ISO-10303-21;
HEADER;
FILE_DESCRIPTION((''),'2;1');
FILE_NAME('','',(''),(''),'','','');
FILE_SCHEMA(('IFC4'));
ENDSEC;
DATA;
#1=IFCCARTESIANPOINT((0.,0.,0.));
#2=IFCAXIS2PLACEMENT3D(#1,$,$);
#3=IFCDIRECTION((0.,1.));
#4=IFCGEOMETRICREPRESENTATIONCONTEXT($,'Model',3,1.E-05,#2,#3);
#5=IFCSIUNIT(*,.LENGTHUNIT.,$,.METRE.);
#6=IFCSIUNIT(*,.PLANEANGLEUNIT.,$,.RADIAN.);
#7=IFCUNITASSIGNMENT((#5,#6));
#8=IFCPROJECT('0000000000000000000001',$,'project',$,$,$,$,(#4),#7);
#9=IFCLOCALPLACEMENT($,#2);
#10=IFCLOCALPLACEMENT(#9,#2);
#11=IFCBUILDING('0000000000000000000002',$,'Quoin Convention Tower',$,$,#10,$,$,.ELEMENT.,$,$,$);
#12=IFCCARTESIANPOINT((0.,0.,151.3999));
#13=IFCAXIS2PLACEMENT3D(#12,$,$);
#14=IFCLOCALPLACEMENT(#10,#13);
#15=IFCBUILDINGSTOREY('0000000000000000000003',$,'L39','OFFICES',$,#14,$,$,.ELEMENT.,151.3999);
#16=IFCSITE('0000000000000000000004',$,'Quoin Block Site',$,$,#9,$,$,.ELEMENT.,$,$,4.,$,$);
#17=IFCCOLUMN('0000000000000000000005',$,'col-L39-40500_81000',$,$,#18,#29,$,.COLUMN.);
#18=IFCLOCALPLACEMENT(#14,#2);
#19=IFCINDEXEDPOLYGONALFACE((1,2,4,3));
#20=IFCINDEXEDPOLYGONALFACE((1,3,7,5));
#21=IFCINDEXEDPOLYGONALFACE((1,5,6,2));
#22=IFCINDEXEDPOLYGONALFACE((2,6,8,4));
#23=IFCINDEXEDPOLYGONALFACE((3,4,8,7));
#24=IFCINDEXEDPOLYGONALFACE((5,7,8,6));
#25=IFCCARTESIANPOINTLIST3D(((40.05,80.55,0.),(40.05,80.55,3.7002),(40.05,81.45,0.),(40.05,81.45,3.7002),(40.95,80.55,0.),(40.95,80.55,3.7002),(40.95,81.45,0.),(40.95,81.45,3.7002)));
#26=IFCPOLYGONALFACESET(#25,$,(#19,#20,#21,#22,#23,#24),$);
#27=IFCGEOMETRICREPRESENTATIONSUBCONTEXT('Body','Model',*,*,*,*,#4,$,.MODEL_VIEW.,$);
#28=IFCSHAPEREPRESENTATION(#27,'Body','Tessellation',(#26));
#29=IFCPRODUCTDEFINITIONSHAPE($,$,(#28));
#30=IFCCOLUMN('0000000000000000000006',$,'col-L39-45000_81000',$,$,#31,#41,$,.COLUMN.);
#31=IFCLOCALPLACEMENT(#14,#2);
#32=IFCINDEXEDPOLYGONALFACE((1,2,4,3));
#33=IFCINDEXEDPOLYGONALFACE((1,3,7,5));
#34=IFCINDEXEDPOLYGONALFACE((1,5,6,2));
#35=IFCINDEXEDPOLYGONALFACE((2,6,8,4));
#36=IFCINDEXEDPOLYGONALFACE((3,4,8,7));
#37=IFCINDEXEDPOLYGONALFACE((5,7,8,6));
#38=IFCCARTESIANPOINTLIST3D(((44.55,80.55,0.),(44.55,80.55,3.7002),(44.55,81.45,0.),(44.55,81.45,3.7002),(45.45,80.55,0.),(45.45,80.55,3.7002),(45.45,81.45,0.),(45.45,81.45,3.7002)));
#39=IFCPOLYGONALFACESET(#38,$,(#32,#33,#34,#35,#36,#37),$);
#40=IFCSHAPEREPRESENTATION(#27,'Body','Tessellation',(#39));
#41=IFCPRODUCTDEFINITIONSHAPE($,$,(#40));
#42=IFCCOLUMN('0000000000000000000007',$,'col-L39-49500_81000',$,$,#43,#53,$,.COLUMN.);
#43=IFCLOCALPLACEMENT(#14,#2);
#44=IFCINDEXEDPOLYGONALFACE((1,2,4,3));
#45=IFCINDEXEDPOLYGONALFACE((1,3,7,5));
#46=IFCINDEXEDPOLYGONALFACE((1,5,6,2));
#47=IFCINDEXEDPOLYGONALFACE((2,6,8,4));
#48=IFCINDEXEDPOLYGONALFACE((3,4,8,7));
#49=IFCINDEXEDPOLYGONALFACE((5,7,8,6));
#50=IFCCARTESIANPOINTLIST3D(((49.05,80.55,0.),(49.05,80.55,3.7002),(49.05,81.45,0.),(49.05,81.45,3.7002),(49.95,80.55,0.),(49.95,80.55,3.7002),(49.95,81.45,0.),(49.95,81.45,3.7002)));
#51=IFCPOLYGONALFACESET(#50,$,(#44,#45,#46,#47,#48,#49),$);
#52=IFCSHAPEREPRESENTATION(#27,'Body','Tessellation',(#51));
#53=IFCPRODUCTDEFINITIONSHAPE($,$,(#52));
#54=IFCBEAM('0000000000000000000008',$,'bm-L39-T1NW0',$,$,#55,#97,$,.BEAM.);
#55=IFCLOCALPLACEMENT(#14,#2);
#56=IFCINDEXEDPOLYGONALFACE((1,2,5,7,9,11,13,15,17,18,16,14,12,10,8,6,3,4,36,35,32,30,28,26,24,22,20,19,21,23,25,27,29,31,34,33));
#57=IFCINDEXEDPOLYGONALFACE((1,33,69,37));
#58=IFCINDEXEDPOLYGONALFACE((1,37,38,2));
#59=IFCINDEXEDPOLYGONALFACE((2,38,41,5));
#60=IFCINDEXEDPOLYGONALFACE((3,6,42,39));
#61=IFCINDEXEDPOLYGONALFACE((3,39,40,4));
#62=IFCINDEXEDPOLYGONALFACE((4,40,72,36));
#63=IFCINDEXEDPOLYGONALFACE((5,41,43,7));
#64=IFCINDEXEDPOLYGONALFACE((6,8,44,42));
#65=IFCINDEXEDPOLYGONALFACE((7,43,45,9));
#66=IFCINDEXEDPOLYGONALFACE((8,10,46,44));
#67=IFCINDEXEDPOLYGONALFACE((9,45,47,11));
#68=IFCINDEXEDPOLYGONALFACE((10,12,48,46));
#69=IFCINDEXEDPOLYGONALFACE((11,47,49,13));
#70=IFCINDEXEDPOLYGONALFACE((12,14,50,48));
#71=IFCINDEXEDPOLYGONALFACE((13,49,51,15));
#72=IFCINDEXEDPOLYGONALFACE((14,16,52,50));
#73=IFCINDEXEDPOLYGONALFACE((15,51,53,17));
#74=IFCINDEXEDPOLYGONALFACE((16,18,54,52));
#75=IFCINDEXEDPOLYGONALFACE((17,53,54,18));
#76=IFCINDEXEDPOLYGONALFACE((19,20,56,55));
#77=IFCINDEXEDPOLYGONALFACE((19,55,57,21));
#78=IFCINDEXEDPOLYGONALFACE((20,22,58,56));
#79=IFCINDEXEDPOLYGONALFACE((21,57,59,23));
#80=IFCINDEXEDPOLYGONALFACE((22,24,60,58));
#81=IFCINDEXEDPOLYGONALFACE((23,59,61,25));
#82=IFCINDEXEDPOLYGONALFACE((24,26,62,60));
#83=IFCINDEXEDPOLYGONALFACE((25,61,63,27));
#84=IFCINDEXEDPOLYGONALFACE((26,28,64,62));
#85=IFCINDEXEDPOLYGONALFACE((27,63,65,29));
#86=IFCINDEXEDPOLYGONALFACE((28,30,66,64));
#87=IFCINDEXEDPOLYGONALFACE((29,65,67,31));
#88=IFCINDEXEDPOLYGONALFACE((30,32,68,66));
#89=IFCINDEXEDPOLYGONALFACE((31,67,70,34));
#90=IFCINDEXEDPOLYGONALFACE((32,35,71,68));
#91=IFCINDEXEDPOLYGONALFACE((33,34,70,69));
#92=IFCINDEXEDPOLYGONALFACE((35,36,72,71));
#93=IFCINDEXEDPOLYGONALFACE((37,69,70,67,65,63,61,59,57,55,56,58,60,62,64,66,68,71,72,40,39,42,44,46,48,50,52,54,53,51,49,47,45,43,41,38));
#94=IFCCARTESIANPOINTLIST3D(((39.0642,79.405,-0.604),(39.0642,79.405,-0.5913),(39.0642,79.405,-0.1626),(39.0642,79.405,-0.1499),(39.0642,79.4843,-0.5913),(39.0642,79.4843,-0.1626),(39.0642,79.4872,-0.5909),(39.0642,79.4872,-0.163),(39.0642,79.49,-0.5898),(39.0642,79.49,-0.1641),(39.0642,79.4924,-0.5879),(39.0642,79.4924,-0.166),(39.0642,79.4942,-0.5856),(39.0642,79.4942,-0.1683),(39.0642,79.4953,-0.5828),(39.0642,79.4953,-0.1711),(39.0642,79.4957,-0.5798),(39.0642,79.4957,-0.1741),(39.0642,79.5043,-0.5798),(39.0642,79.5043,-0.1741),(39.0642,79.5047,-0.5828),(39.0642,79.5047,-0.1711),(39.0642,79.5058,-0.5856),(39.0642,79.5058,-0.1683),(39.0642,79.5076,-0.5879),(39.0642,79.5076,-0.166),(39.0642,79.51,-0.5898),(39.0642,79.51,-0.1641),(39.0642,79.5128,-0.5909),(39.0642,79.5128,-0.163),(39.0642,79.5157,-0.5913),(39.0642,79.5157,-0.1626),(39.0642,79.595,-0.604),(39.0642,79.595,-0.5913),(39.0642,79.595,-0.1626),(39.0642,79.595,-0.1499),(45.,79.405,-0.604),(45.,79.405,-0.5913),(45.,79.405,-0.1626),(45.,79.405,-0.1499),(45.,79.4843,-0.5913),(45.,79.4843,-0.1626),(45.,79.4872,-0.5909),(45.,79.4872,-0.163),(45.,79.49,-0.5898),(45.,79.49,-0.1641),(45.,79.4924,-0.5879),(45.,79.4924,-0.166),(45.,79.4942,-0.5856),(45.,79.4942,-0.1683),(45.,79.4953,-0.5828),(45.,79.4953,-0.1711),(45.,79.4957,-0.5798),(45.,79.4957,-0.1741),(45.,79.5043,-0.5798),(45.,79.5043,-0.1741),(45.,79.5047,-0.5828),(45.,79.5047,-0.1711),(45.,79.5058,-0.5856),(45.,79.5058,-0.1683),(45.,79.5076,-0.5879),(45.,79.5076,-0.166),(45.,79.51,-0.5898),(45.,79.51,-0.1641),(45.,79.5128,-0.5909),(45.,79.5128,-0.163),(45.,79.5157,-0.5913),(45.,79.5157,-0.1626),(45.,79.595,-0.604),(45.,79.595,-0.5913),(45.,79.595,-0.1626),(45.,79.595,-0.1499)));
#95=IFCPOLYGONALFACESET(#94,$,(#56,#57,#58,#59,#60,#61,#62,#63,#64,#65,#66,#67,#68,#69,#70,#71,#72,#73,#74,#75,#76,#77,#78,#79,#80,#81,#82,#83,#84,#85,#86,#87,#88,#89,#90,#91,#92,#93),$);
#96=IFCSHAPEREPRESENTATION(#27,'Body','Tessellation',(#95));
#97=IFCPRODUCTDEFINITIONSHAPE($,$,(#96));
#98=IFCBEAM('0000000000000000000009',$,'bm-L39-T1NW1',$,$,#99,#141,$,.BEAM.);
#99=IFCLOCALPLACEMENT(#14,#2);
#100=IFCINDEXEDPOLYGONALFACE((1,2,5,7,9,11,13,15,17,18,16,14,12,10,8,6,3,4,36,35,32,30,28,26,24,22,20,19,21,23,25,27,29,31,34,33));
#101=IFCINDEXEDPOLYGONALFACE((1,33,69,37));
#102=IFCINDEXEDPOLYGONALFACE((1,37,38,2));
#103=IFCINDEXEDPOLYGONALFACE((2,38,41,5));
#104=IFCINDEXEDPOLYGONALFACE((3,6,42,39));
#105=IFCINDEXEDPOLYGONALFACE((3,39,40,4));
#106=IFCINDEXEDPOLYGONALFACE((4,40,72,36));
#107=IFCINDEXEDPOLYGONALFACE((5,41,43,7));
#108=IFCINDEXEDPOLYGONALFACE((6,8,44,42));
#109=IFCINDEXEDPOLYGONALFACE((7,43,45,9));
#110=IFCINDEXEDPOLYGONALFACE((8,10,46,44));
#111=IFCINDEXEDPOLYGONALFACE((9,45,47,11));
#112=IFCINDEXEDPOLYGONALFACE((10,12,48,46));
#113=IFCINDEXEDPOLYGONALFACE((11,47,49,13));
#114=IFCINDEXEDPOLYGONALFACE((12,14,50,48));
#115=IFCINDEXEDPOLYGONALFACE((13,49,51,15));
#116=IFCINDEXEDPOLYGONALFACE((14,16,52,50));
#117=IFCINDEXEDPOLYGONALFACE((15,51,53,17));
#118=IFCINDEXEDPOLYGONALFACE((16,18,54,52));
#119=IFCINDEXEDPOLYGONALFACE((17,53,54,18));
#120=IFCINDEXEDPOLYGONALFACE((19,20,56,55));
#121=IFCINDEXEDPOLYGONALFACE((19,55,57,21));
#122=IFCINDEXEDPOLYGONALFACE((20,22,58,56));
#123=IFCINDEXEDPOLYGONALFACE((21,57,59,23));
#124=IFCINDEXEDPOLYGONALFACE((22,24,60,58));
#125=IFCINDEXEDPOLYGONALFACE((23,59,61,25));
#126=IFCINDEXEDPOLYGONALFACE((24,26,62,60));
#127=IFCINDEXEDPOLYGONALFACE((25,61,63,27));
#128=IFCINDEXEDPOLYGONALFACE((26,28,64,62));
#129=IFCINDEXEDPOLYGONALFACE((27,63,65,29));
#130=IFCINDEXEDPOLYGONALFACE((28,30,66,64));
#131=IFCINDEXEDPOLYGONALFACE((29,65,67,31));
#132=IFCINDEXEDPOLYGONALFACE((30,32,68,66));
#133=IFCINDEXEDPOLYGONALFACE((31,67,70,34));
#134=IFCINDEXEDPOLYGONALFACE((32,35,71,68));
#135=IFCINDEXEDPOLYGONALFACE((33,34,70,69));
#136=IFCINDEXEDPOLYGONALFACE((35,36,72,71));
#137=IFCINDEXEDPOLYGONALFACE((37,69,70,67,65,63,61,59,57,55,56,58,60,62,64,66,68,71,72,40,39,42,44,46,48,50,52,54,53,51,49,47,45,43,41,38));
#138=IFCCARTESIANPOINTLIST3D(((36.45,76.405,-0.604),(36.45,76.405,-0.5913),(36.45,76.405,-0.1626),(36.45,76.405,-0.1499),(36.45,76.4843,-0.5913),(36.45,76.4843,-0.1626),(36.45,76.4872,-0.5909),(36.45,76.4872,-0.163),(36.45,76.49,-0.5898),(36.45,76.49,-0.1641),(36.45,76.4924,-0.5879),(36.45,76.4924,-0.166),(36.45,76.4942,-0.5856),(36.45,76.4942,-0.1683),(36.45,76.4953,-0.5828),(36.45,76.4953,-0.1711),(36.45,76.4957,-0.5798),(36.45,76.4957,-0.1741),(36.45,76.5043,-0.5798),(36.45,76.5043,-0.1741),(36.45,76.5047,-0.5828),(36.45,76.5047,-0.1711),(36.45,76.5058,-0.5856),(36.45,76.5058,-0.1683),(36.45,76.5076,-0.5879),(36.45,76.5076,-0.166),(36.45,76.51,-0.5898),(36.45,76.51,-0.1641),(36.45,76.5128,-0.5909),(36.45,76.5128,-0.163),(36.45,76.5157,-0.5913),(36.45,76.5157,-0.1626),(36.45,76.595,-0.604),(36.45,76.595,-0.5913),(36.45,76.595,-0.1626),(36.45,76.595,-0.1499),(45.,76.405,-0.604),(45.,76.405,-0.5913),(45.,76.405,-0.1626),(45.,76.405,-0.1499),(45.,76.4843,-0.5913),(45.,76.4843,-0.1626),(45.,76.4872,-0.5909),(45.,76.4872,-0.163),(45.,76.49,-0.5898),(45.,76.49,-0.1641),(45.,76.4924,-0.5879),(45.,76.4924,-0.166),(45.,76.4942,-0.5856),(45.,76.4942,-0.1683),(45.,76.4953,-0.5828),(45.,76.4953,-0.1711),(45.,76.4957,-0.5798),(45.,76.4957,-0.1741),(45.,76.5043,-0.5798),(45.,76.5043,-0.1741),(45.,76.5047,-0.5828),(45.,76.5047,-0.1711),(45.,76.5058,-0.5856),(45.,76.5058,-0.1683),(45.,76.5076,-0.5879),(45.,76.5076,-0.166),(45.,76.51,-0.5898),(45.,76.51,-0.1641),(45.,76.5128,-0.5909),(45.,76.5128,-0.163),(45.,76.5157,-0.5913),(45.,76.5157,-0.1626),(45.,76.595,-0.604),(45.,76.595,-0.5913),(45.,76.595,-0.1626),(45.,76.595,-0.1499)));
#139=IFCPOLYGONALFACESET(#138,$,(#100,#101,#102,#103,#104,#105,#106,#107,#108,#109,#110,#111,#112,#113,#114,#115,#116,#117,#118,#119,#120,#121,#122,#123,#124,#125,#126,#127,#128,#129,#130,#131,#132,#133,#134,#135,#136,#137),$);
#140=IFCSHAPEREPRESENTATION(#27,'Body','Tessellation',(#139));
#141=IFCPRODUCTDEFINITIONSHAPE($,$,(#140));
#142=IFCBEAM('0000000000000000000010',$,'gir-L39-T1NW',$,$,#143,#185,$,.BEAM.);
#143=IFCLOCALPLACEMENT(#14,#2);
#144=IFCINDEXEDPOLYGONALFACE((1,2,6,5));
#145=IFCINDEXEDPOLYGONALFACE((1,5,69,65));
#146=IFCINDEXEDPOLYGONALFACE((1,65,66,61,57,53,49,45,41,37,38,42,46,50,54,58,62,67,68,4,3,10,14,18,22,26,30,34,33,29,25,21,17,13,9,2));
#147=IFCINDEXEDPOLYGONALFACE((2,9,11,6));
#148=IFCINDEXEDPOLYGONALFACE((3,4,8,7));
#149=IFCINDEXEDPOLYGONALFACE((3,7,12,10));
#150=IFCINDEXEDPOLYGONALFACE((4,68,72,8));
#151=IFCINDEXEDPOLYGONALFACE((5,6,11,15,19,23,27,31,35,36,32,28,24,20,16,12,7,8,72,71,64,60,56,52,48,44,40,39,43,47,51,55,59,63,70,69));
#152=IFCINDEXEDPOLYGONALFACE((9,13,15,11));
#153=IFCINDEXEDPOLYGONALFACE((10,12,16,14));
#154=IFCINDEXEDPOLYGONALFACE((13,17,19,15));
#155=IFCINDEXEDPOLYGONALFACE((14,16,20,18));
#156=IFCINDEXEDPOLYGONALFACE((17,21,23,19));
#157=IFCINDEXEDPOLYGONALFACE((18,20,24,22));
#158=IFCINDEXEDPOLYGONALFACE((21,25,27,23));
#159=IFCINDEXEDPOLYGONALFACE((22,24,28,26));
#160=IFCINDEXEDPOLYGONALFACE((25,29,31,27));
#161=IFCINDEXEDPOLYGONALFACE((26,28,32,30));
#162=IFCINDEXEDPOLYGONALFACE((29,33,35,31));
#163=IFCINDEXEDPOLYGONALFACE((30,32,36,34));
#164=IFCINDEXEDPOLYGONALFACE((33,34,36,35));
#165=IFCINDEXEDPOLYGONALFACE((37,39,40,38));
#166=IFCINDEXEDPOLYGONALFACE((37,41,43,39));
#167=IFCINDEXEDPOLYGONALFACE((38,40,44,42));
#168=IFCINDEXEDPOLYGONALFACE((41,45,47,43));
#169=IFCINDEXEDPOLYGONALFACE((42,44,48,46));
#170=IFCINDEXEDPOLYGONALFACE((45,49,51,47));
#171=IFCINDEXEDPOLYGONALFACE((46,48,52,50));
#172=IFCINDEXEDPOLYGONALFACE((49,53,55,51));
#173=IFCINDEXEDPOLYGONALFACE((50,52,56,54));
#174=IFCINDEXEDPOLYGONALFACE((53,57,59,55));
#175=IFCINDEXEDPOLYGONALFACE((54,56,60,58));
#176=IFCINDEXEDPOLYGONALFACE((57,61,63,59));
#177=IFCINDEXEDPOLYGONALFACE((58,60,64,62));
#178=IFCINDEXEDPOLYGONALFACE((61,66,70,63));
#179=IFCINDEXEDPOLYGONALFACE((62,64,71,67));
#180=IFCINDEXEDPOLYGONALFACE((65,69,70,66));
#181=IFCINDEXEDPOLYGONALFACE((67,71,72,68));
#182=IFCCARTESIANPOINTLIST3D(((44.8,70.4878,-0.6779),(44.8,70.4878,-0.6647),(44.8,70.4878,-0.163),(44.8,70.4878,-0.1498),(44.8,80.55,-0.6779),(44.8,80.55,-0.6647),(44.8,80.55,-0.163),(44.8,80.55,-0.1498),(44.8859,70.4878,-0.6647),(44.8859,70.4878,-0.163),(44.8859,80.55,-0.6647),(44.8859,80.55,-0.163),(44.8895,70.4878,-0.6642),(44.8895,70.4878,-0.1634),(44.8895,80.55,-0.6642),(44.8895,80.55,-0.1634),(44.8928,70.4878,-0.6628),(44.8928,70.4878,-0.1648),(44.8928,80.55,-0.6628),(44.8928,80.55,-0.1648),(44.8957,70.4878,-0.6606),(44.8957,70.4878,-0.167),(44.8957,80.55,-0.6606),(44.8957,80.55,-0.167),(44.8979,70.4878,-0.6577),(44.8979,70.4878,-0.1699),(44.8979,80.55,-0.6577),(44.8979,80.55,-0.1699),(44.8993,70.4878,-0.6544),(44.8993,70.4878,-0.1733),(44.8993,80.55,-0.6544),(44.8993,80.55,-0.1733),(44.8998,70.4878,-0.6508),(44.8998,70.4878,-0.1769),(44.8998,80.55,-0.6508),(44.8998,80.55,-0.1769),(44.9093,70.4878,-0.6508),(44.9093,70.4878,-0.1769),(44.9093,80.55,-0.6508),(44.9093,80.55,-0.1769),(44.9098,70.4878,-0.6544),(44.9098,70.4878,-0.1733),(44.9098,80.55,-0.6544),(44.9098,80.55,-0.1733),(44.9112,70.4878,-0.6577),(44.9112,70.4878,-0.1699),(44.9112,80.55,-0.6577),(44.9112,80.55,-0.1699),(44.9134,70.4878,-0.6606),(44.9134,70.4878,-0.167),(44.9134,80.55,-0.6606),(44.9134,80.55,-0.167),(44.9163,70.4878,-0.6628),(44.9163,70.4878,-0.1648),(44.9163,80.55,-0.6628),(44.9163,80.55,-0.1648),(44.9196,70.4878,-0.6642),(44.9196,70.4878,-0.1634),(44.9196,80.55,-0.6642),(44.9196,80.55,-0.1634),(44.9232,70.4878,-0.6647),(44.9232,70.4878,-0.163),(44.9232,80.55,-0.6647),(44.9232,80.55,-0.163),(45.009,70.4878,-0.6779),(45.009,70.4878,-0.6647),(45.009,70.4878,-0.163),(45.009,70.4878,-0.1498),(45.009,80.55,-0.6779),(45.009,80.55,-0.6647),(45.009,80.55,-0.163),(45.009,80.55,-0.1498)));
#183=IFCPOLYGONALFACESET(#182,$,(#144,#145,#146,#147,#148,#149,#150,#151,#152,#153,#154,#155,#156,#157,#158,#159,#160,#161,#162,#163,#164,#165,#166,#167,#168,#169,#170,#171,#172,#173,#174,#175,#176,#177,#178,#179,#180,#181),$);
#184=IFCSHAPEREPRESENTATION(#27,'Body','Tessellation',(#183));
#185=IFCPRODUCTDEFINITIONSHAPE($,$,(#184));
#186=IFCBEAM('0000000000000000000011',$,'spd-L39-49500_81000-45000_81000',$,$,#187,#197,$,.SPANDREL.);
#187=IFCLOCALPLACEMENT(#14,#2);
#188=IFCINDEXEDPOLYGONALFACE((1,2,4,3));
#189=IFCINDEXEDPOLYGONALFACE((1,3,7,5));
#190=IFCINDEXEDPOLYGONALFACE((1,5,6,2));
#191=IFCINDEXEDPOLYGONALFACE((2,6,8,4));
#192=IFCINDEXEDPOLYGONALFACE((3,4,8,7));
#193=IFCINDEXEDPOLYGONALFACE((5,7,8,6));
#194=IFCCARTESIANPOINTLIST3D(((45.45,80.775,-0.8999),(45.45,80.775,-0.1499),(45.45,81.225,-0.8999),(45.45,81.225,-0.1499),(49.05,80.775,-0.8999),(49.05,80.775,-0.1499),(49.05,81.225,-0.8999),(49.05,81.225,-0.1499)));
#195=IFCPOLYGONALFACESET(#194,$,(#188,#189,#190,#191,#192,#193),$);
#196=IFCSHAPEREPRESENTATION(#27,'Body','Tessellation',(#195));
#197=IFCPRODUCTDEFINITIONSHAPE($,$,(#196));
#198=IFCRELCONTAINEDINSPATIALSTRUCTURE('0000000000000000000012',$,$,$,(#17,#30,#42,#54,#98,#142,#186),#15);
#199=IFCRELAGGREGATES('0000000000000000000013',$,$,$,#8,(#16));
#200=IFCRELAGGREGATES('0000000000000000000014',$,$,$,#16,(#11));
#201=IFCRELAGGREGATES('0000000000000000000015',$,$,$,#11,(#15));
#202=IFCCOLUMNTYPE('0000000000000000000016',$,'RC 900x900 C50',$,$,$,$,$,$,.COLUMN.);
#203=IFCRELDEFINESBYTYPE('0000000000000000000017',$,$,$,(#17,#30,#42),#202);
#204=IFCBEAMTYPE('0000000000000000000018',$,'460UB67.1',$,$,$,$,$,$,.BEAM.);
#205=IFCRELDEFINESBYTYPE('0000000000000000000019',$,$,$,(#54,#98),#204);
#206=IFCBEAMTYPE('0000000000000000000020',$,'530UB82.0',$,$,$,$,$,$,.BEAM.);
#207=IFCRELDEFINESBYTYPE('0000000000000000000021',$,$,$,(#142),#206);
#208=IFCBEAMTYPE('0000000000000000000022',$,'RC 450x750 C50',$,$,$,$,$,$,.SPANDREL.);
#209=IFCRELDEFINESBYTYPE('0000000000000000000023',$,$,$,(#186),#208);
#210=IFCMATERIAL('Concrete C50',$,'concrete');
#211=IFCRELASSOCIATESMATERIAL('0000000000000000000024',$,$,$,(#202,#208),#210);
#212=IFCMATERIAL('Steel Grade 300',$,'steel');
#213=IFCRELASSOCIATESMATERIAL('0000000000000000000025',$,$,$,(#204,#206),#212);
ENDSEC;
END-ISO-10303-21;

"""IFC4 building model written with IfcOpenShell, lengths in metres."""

from ifc_helpers import new_model, si_unit, direction, frame, origin, origin_2d, place, context, subcontext, project, spatial, rectangle, i_section, extrude, material, material_profile, profile_set, type_object, element, save


model = new_model("IFC4")

# Units and contexts
model_context = context("Model", 3, precision=1e-05, world=origin(), true_north=direction((0.0, 1.0)))
body_context = subcontext(model_context, "Body", "Model", "MODEL_VIEW")
ifc_project = project(units=[si_unit("LENGTHUNIT", "METRE"), si_unit("PLANEANGLEUNIT", "RADIAN")], contexts=[model_context])

# Site, building, storey
site_placement = place(None, origin())
site = spatial("IfcSite", under=ifc_project, at=site_placement, Name="Quoin Block Site", CompositionType="ELEMENT", RefElevation=4.0)
building_placement = place(site_placement, origin())
building = spatial("IfcBuilding", under=site, at=building_placement, Name="Quoin Convention Tower", CompositionType="ELEMENT")
storey_placement = place(building_placement, frame((0.0, 0.0, 151.3999)))
storey = spatial("IfcBuildingStorey", under=building, at=storey_placement, Name="L39", Description="OFFICES", CompositionType="ELEMENT", Elevation=151.3999)

# Columns
ifc_material_1 = material(Name="Concrete C50", Category="concrete")
ifc_material_profile_1 = material_profile(ifc_material_1, rectangle(XDim=0.8999, YDim=0.8999, at=origin_2d()), Name="RC 900x900")
ifc_profile_set_1 = profile_set([ifc_material_profile_1], Name="Concrete C50")
column_type = type_object("IfcColumnType", Name="RC 900x900 C50", PredefinedType="COLUMN", material=ifc_profile_set_1)
for number, where, z_axis, x_axis, name in (
    (1, (40.5, 81.0, 0.0), (0.0, 0.0, 1.0), (1.0, 0.0, 0.0), "col-L39-40500_81000"),
    (2, (45.0, 81.0, 0.0), (0.0, 0.0, 1.0), (1.0, 0.0, 0.0), "col-L39-45000_81000"),
    (3, (49.5, 81.0, 0.0), (0.0, 0.0, 1.0), (1.0, 0.0, 0.0), "col-L39-49500_81000"),
):
    element("IfcColumn", number, at=place(storey_placement, frame(where, z_axis=z_axis, x_axis=x_axis)), inside=storey, type_object=column_type, Name=name, PredefinedType="COLUMN", context=body_context, shape_type="SweptSolid", body=[
        extrude(rectangle(XDim=0.8999, YDim=0.8999, at=origin_2d()), origin(), (0.0, 0.0, 1.0), 3.7002),
    ])

# Beams
ifc_material_2 = material(Name="Steel Grade 300", Category="steel")
ifc_material_profile_2 = material_profile(ifc_material_2, i_section(OverallWidth=0.1899, OverallDepth=0.4541, WebThickness=0.0085, FlangeThickness=0.0127, FilletRadius=0.0115, at=origin_2d()), Name="460UB67.1")
ifc_profile_set_2 = profile_set([ifc_material_profile_2], Name="Steel Grade 300")
beam_type_1 = type_object("IfcBeamType", Name="460UB67.1", PredefinedType="BEAM", material=ifc_profile_set_2)
beam_1_placement = place(storey_placement, frame((39.0642, 79.5, -0.377), z_axis=(1.0, 0.0, 0.0), x_axis=(0.0, 1.0, 0.0)))
element("IfcBeam", 4, at=beam_1_placement, inside=storey, type_object=beam_type_1, Name="bm-L39-T1NW0", PredefinedType="BEAM", context=body_context, shape_type="SweptSolid", body=[
    extrude(i_section(OverallWidth=0.1899, OverallDepth=0.4541, WebThickness=0.0085, FlangeThickness=0.0127, FilletRadius=0.0115, at=origin_2d()), origin(), (0.0, 0.0, 1.0), 5.9358),
])
beam_2_placement = place(storey_placement, frame((36.45, 76.5, -0.377), z_axis=(1.0, 0.0, 0.0), x_axis=(0.0, 1.0, 0.0)))
element("IfcBeam", 5, at=beam_2_placement, inside=storey, type_object=beam_type_1, Name="bm-L39-T1NW1", PredefinedType="BEAM", context=body_context, shape_type="SweptSolid", body=[
    extrude(i_section(OverallWidth=0.1899, OverallDepth=0.4541, WebThickness=0.0085, FlangeThickness=0.0127, FilletRadius=0.0115, at=origin_2d()), origin(), (0.0, 0.0, 1.0), 8.55),
])
ifc_material_profile_3 = material_profile(ifc_material_2, i_section(OverallWidth=0.209, OverallDepth=0.5281, WebThickness=0.0095, FlangeThickness=0.0132, FilletRadius=0.0139, at=origin_2d()), Name="530UB82.0")
ifc_profile_set_3 = profile_set([ifc_material_profile_3], Name="Steel Grade 300")
beam_type_2 = type_object("IfcBeamType", Name="530UB82.0", PredefinedType="BEAM", material=ifc_profile_set_3)
beam_3_placement = place(storey_placement, frame((44.9045, 80.55, -0.4138), z_axis=(0.0, -1.0, 0.0), x_axis=(1.0, 0.0, 0.0)))
element("IfcBeam", 6, at=beam_3_placement, inside=storey, type_object=beam_type_2, Name="gir-L39-T1NW", PredefinedType="BEAM", context=body_context, shape_type="SweptSolid", body=[
    extrude(i_section(OverallWidth=0.209, OverallDepth=0.5281, WebThickness=0.0095, FlangeThickness=0.0132, FilletRadius=0.0139, at=origin_2d()), origin(), (0.0, 0.0, 1.0), 10.0623),
])
ifc_material_profile_4 = material_profile(ifc_material_1, rectangle(XDim=0.45, YDim=0.75, at=origin_2d()), Name="RC 450x750")
ifc_profile_set_4 = profile_set([ifc_material_profile_4], Name="Concrete C50")
beam_type_3 = type_object("IfcBeamType", Name="RC 450x750 C50", PredefinedType="SPANDREL", material=ifc_profile_set_4)
for number, where, z_axis, x_axis, name in (
    (7, (49.05, 81.0, -0.5249), (-1.0, 0.0, 0.0), (0.0, -1.0, 0.0), "spd-L39-49500_81000-45000_81000"),
):
    element("IfcBeam", number, at=place(storey_placement, frame(where, z_axis=z_axis, x_axis=x_axis)), inside=storey, type_object=beam_type_3, Name=name, PredefinedType="SPANDREL", context=body_context, shape_type="SweptSolid", body=[
        extrude(rectangle(XDim=0.45, YDim=0.75, at=origin_2d()), origin(), (0.0, 0.0, 1.0), 3.6001),
    ])

save(model, "model.ifc")
